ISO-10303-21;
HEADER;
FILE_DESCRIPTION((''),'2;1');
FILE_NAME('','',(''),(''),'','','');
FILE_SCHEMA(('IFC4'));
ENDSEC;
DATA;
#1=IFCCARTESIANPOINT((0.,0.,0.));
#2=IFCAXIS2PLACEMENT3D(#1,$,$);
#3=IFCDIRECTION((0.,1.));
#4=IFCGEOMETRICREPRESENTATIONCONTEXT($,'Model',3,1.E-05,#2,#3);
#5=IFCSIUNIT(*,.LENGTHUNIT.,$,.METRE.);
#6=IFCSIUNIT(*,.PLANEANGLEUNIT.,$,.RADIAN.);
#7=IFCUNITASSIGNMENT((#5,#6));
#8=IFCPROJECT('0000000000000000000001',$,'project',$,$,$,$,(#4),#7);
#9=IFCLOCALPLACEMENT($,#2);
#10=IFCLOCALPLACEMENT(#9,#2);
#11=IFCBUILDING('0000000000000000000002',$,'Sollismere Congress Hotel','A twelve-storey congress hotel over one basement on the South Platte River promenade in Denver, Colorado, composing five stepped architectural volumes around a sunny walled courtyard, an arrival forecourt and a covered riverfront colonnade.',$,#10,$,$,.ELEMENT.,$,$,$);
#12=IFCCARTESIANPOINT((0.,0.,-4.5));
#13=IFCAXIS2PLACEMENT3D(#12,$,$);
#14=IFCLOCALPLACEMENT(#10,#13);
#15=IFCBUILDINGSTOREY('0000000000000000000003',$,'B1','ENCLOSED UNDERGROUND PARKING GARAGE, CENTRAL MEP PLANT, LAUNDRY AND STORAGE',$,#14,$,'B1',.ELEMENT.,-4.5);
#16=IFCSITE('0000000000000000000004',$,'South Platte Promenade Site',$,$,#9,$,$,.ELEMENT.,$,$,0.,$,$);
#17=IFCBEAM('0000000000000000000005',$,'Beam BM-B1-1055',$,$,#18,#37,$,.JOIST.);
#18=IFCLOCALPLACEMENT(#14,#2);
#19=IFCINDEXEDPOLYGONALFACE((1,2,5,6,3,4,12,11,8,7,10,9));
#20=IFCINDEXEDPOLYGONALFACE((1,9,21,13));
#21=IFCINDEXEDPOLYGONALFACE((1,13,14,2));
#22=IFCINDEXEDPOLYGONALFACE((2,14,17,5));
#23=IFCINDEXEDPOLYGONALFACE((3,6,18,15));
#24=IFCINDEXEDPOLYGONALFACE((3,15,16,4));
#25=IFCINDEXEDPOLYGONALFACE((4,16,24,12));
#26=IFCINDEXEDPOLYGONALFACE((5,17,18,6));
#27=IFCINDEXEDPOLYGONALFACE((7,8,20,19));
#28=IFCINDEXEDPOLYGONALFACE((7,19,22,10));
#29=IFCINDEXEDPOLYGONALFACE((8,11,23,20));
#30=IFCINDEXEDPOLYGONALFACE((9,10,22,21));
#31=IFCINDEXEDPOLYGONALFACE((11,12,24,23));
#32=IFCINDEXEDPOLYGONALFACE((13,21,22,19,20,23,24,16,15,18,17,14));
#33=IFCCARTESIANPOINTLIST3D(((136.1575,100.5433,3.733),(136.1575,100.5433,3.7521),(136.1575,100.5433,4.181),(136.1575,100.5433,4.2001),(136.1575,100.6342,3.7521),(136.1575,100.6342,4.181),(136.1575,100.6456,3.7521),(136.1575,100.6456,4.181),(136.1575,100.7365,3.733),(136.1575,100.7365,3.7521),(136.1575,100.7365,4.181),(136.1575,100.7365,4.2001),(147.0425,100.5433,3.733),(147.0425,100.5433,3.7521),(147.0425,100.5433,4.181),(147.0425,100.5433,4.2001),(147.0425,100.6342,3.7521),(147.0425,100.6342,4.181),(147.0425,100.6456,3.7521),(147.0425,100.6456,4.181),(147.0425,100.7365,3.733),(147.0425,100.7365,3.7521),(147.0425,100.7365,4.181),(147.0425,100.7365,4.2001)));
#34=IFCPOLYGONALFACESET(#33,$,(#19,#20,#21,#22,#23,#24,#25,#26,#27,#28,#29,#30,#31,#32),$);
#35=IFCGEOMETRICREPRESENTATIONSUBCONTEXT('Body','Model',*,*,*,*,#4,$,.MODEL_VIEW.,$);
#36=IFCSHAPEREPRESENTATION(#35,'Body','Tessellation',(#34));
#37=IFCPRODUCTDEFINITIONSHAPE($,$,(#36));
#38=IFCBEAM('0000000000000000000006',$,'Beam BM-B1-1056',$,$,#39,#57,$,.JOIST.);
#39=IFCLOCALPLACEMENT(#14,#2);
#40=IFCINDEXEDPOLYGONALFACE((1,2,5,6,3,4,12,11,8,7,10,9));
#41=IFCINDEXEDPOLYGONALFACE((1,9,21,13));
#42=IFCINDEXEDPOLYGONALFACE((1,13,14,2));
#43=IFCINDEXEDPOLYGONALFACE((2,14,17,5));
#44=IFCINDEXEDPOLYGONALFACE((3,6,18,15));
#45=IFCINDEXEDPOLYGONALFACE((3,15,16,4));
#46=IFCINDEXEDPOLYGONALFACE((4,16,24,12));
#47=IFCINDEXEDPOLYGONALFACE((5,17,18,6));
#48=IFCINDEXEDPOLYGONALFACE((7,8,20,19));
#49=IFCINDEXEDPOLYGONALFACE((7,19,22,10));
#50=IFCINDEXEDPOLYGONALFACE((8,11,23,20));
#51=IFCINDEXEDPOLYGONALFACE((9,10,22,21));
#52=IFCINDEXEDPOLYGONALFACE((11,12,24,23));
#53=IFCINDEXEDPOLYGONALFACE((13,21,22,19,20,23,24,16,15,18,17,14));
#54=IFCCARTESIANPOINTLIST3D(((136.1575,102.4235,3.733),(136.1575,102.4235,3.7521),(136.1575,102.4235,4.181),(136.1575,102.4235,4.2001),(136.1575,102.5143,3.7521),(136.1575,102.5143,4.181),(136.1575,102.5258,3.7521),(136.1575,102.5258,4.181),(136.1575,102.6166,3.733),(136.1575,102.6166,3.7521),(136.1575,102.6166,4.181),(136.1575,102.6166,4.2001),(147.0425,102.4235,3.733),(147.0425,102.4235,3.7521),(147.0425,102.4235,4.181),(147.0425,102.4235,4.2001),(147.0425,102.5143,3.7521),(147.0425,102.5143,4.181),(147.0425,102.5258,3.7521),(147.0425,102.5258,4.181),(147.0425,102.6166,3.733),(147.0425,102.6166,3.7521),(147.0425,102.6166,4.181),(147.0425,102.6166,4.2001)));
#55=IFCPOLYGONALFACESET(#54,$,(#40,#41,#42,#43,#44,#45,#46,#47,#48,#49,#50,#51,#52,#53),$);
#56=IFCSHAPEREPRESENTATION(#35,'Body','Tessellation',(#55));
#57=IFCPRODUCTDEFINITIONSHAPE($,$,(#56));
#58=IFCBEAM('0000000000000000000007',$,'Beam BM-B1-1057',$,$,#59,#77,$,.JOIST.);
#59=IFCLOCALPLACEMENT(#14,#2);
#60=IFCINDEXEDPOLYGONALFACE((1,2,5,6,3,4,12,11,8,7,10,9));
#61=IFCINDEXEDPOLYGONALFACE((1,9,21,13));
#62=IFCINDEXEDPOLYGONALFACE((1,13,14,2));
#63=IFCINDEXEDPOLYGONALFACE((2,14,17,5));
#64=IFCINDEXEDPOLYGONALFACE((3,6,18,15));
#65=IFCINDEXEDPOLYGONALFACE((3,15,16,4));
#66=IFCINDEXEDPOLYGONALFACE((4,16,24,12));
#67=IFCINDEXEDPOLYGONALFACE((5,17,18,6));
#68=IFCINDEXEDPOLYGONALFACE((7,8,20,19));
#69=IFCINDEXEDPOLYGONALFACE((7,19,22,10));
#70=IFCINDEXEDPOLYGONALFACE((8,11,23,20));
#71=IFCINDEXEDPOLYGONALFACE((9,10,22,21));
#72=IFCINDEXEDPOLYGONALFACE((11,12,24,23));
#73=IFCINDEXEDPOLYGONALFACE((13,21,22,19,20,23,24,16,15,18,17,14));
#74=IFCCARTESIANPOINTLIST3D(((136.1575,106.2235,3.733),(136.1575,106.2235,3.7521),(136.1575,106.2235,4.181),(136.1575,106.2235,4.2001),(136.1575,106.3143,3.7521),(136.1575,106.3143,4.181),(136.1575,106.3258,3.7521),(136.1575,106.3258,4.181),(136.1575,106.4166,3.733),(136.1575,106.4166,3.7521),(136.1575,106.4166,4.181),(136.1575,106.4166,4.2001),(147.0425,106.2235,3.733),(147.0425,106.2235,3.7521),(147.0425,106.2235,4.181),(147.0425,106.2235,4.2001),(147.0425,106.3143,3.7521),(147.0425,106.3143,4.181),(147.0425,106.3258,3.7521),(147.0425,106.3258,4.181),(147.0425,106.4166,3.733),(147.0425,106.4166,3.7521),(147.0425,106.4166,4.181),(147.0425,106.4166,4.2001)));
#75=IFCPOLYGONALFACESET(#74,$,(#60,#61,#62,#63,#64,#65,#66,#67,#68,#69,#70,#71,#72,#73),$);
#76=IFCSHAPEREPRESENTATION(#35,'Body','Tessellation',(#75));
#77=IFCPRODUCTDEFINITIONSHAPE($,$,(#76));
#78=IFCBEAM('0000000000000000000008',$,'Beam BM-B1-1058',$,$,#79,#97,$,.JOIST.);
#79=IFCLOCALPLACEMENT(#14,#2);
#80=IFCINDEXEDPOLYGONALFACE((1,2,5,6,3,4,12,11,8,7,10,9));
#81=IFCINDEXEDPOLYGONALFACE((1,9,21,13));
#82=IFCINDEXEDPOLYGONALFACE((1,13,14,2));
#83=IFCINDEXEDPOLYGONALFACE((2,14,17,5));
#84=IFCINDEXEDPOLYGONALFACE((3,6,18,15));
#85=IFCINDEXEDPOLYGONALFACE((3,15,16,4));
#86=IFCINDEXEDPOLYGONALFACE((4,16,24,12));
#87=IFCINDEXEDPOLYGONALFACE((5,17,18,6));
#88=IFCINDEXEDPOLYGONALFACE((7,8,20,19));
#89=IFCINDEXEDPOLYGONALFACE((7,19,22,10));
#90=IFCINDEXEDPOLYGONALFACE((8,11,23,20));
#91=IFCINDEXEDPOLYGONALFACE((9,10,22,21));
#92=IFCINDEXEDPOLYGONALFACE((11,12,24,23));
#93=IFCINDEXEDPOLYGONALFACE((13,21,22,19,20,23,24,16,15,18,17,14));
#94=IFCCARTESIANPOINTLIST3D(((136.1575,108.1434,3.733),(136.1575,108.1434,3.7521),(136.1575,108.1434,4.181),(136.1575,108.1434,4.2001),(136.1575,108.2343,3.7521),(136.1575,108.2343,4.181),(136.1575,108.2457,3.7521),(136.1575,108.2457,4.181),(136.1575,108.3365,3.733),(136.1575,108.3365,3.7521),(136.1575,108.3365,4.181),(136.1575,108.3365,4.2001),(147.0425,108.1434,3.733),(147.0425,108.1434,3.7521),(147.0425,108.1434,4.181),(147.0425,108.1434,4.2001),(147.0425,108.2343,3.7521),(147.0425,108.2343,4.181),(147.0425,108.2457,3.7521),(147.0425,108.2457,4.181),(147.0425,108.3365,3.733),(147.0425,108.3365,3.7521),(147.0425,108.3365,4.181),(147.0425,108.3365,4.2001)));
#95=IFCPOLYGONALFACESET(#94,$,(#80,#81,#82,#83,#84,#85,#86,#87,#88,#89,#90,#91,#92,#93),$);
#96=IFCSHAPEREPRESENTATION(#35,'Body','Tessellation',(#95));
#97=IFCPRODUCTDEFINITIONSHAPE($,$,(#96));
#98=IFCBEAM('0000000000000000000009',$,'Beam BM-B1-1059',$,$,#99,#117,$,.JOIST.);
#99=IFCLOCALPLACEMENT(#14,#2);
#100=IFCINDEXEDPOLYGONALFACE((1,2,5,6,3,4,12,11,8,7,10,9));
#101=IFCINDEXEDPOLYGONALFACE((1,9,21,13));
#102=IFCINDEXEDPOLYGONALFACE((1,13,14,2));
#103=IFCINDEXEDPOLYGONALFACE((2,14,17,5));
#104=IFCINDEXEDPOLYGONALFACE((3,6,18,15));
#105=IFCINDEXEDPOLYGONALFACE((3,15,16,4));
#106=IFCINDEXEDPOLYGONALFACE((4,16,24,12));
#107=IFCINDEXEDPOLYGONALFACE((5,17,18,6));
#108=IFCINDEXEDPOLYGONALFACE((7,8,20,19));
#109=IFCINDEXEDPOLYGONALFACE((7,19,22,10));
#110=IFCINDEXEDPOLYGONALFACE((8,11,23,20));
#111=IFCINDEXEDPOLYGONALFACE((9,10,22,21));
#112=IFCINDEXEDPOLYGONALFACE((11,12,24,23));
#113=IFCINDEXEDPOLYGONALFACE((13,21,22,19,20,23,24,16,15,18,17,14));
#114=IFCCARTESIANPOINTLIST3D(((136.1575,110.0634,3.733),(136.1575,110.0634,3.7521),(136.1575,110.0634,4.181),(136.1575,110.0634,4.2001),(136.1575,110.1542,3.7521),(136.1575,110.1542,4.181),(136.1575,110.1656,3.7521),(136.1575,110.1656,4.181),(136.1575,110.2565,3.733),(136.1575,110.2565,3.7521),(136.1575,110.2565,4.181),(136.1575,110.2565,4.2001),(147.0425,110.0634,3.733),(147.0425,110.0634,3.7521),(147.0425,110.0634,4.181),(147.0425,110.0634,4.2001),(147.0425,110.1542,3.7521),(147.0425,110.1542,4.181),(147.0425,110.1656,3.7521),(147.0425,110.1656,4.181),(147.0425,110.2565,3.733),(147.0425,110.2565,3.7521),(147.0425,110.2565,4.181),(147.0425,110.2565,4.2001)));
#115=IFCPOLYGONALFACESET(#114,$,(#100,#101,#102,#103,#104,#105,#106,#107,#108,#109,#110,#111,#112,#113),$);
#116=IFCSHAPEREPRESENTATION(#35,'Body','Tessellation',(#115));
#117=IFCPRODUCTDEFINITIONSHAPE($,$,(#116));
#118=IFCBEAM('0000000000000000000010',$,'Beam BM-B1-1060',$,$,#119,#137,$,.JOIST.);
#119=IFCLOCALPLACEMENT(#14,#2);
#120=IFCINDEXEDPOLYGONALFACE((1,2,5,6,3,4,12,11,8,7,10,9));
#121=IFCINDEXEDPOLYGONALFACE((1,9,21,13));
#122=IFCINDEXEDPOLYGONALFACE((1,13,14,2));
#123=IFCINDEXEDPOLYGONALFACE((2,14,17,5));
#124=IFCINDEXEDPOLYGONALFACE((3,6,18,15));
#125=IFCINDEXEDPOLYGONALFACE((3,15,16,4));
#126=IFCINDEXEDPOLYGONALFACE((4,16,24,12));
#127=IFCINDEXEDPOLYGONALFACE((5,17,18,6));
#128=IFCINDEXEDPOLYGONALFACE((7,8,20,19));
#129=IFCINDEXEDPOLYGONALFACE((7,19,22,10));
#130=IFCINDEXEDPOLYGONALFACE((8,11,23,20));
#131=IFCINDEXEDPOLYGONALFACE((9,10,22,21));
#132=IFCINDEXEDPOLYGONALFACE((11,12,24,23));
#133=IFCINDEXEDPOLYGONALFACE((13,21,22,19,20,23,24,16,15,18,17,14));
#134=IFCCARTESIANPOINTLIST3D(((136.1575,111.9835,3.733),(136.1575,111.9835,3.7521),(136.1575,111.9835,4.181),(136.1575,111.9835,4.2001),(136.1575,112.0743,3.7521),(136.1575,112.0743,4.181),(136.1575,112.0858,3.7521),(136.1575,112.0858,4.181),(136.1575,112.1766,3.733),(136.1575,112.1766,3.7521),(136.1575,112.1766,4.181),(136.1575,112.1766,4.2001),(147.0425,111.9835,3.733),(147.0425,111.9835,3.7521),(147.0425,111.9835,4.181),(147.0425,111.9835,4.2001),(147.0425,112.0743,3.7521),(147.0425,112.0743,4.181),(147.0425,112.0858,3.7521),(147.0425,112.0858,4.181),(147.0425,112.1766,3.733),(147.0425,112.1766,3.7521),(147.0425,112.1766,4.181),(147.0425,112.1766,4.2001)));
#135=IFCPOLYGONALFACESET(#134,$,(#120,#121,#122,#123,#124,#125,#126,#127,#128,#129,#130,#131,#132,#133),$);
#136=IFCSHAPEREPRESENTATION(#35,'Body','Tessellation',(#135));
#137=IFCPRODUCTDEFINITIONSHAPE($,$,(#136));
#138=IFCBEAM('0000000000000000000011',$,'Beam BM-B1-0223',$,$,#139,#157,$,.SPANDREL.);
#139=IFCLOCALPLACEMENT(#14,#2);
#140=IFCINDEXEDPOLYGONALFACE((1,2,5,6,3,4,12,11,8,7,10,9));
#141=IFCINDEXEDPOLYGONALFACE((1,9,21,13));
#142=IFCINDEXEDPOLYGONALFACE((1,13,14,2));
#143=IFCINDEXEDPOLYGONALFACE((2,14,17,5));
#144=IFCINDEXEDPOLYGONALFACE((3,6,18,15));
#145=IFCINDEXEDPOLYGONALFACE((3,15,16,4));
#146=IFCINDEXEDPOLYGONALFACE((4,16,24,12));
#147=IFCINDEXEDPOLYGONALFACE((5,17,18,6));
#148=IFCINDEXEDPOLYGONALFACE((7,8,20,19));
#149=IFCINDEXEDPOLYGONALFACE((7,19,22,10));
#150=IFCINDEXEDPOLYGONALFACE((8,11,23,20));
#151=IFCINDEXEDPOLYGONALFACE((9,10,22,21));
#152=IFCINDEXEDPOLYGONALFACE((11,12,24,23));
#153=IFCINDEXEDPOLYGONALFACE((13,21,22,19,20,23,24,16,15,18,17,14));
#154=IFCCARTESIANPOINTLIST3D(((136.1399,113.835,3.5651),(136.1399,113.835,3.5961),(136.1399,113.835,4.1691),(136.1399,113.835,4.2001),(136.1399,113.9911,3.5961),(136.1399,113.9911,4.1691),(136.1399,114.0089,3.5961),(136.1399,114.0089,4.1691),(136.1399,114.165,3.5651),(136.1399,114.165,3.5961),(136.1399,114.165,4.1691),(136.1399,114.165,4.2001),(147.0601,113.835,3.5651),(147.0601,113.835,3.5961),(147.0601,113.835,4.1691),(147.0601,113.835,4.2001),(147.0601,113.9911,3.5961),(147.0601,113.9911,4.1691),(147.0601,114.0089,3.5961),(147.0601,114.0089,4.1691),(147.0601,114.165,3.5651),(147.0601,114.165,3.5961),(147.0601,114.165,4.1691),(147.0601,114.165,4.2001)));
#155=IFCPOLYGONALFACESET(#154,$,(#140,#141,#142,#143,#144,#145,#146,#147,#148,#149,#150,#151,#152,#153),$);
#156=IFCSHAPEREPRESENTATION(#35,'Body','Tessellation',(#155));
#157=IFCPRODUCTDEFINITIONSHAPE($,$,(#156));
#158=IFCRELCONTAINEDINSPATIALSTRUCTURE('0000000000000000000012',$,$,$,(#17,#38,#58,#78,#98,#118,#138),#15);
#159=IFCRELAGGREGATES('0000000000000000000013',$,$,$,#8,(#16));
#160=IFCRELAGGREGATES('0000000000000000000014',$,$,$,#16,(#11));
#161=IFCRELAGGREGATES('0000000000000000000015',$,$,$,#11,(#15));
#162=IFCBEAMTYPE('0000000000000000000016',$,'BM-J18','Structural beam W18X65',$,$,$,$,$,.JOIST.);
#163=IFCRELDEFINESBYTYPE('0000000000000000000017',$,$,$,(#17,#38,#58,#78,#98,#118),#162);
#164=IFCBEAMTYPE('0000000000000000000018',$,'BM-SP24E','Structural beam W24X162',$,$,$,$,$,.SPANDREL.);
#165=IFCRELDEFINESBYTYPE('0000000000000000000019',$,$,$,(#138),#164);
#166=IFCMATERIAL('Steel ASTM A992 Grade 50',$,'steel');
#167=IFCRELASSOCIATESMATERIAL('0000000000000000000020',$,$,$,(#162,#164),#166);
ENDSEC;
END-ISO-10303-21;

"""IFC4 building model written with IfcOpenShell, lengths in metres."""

from ifc_helpers import new_model, si_unit, direction, frame, origin, origin_2d, place, context, subcontext, project, spatial, i_section, extrude, material, material_profile, profile_set, type_object, element, save


model = new_model("IFC4")

# Units and contexts
model_context = context("Model", 3, precision=1e-05, world=origin(), true_north=direction((0.0, 1.0)))
body_context = subcontext(model_context, "Body", "Model", "MODEL_VIEW")
ifc_project = project(units=[si_unit("LENGTHUNIT", "METRE"), si_unit("PLANEANGLEUNIT", "RADIAN")], contexts=[model_context])

# Site, building, storey
site_placement = place(None, origin())
site = spatial("IfcSite", under=ifc_project, at=site_placement, Name="South Platte Promenade Site", CompositionType="ELEMENT", RefElevation=0.0)
building_placement = place(site_placement, origin())
building = spatial("IfcBuilding", under=site, at=building_placement, Name="Sollismere Congress Hotel", Description="A twelve-storey congress hotel over one basement on the South Platte River promenade in Denver, Colorado, composing five stepped architectural volumes around a sunny walled courtyard, an arrival forecourt and a covered riverfront colonnade.", CompositionType="ELEMENT")
storey_placement = place(building_placement, frame((0.0, 0.0, -4.5)))
storey = spatial("IfcBuildingStorey", under=building, at=storey_placement, Name="B1", Description="ENCLOSED UNDERGROUND PARKING GARAGE, CENTRAL MEP PLANT, LAUNDRY AND STORAGE", LongName="B1", CompositionType="ELEMENT", Elevation=-4.5)

# Beams
ifc_material_1 = material(Name="Steel ASTM A992 Grade 50", Category="steel")
ifc_material_profile_1 = material_profile(ifc_material_1, i_section(OverallWidth=0.1931, OverallDepth=0.467, WebThickness=0.0115, FlangeThickness=0.019, at=origin_2d()), Name="W18X65")
ifc_profile_set_1 = profile_set([ifc_material_profile_1], Name="Steel ASTM A992 Grade 50")
beam_type_1 = type_object("IfcBeamType", Name="BM-J18", Description="Structural beam W18X65", PredefinedType="JOIST", material=ifc_profile_set_1)
for number, where, z_axis, x_axis, name in (
    (1, (136.1575, 100.6399, 3.9666), (1.0, 0.0, 0.0), (0.0, 1.0, 0.0), "Beam BM-B1-1055"),
    (2, (136.1575, 102.52, 3.9666), (1.0, 0.0, 0.0), (0.0, 1.0, 0.0), "Beam BM-B1-1056"),
    (3, (136.1575, 106.3201, 3.9666), (1.0, 0.0, 0.0), (0.0, 1.0, 0.0), "Beam BM-B1-1057"),
    (4, (136.1575, 108.24, 3.9666), (1.0, 0.0, 0.0), (0.0, 1.0, 0.0), "Beam BM-B1-1058"),
    (5, (136.1575, 110.1599, 3.9666), (1.0, 0.0, 0.0), (0.0, 1.0, 0.0), "Beam BM-B1-1059"),
    (6, (136.1575, 112.0801, 3.9666), (1.0, 0.0, 0.0), (0.0, 1.0, 0.0), "Beam BM-B1-1060"),
):
    element("IfcBeam", number, at=place(storey_placement, frame(where, z_axis=z_axis, x_axis=x_axis)), inside=storey, type_object=beam_type_1, Name=name, PredefinedType="JOIST", context=body_context, shape_type="SweptSolid", body=[
        extrude(i_section(OverallWidth=0.1931, OverallDepth=0.467, WebThickness=0.0115, FlangeThickness=0.019, at=origin_2d()), origin(), (0.0, 0.0, 1.0), 10.885),
    ])
ifc_material_profile_2 = material_profile(ifc_material_1, i_section(OverallWidth=0.3301, OverallDepth=0.635, WebThickness=0.0178, FlangeThickness=0.031, at=origin_2d()), Name="W24X162")
ifc_profile_set_2 = profile_set([ifc_material_profile_2], Name="Steel ASTM A992 Grade 50")
beam_type_2 = type_object("IfcBeamType", Name="BM-SP24E", Description="Structural beam W24X162", PredefinedType="SPANDREL", material=ifc_profile_set_2)
beam_1_placement = place(storey_placement, frame((136.1399, 114.0, 3.8826), z_axis=(1.0, 0.0, 0.0), x_axis=(0.0, 1.0, 0.0)))
element("IfcBeam", 7, at=beam_1_placement, inside=storey, type_object=beam_type_2, Name="Beam BM-B1-0223", PredefinedType="SPANDREL", context=body_context, shape_type="SweptSolid", body=[
    extrude(i_section(OverallWidth=0.3301, OverallDepth=0.635, WebThickness=0.0178, FlangeThickness=0.031, at=origin_2d()), origin(), (0.0, 0.0, 1.0), 10.9202),
])

save(model, "model.ifc")
